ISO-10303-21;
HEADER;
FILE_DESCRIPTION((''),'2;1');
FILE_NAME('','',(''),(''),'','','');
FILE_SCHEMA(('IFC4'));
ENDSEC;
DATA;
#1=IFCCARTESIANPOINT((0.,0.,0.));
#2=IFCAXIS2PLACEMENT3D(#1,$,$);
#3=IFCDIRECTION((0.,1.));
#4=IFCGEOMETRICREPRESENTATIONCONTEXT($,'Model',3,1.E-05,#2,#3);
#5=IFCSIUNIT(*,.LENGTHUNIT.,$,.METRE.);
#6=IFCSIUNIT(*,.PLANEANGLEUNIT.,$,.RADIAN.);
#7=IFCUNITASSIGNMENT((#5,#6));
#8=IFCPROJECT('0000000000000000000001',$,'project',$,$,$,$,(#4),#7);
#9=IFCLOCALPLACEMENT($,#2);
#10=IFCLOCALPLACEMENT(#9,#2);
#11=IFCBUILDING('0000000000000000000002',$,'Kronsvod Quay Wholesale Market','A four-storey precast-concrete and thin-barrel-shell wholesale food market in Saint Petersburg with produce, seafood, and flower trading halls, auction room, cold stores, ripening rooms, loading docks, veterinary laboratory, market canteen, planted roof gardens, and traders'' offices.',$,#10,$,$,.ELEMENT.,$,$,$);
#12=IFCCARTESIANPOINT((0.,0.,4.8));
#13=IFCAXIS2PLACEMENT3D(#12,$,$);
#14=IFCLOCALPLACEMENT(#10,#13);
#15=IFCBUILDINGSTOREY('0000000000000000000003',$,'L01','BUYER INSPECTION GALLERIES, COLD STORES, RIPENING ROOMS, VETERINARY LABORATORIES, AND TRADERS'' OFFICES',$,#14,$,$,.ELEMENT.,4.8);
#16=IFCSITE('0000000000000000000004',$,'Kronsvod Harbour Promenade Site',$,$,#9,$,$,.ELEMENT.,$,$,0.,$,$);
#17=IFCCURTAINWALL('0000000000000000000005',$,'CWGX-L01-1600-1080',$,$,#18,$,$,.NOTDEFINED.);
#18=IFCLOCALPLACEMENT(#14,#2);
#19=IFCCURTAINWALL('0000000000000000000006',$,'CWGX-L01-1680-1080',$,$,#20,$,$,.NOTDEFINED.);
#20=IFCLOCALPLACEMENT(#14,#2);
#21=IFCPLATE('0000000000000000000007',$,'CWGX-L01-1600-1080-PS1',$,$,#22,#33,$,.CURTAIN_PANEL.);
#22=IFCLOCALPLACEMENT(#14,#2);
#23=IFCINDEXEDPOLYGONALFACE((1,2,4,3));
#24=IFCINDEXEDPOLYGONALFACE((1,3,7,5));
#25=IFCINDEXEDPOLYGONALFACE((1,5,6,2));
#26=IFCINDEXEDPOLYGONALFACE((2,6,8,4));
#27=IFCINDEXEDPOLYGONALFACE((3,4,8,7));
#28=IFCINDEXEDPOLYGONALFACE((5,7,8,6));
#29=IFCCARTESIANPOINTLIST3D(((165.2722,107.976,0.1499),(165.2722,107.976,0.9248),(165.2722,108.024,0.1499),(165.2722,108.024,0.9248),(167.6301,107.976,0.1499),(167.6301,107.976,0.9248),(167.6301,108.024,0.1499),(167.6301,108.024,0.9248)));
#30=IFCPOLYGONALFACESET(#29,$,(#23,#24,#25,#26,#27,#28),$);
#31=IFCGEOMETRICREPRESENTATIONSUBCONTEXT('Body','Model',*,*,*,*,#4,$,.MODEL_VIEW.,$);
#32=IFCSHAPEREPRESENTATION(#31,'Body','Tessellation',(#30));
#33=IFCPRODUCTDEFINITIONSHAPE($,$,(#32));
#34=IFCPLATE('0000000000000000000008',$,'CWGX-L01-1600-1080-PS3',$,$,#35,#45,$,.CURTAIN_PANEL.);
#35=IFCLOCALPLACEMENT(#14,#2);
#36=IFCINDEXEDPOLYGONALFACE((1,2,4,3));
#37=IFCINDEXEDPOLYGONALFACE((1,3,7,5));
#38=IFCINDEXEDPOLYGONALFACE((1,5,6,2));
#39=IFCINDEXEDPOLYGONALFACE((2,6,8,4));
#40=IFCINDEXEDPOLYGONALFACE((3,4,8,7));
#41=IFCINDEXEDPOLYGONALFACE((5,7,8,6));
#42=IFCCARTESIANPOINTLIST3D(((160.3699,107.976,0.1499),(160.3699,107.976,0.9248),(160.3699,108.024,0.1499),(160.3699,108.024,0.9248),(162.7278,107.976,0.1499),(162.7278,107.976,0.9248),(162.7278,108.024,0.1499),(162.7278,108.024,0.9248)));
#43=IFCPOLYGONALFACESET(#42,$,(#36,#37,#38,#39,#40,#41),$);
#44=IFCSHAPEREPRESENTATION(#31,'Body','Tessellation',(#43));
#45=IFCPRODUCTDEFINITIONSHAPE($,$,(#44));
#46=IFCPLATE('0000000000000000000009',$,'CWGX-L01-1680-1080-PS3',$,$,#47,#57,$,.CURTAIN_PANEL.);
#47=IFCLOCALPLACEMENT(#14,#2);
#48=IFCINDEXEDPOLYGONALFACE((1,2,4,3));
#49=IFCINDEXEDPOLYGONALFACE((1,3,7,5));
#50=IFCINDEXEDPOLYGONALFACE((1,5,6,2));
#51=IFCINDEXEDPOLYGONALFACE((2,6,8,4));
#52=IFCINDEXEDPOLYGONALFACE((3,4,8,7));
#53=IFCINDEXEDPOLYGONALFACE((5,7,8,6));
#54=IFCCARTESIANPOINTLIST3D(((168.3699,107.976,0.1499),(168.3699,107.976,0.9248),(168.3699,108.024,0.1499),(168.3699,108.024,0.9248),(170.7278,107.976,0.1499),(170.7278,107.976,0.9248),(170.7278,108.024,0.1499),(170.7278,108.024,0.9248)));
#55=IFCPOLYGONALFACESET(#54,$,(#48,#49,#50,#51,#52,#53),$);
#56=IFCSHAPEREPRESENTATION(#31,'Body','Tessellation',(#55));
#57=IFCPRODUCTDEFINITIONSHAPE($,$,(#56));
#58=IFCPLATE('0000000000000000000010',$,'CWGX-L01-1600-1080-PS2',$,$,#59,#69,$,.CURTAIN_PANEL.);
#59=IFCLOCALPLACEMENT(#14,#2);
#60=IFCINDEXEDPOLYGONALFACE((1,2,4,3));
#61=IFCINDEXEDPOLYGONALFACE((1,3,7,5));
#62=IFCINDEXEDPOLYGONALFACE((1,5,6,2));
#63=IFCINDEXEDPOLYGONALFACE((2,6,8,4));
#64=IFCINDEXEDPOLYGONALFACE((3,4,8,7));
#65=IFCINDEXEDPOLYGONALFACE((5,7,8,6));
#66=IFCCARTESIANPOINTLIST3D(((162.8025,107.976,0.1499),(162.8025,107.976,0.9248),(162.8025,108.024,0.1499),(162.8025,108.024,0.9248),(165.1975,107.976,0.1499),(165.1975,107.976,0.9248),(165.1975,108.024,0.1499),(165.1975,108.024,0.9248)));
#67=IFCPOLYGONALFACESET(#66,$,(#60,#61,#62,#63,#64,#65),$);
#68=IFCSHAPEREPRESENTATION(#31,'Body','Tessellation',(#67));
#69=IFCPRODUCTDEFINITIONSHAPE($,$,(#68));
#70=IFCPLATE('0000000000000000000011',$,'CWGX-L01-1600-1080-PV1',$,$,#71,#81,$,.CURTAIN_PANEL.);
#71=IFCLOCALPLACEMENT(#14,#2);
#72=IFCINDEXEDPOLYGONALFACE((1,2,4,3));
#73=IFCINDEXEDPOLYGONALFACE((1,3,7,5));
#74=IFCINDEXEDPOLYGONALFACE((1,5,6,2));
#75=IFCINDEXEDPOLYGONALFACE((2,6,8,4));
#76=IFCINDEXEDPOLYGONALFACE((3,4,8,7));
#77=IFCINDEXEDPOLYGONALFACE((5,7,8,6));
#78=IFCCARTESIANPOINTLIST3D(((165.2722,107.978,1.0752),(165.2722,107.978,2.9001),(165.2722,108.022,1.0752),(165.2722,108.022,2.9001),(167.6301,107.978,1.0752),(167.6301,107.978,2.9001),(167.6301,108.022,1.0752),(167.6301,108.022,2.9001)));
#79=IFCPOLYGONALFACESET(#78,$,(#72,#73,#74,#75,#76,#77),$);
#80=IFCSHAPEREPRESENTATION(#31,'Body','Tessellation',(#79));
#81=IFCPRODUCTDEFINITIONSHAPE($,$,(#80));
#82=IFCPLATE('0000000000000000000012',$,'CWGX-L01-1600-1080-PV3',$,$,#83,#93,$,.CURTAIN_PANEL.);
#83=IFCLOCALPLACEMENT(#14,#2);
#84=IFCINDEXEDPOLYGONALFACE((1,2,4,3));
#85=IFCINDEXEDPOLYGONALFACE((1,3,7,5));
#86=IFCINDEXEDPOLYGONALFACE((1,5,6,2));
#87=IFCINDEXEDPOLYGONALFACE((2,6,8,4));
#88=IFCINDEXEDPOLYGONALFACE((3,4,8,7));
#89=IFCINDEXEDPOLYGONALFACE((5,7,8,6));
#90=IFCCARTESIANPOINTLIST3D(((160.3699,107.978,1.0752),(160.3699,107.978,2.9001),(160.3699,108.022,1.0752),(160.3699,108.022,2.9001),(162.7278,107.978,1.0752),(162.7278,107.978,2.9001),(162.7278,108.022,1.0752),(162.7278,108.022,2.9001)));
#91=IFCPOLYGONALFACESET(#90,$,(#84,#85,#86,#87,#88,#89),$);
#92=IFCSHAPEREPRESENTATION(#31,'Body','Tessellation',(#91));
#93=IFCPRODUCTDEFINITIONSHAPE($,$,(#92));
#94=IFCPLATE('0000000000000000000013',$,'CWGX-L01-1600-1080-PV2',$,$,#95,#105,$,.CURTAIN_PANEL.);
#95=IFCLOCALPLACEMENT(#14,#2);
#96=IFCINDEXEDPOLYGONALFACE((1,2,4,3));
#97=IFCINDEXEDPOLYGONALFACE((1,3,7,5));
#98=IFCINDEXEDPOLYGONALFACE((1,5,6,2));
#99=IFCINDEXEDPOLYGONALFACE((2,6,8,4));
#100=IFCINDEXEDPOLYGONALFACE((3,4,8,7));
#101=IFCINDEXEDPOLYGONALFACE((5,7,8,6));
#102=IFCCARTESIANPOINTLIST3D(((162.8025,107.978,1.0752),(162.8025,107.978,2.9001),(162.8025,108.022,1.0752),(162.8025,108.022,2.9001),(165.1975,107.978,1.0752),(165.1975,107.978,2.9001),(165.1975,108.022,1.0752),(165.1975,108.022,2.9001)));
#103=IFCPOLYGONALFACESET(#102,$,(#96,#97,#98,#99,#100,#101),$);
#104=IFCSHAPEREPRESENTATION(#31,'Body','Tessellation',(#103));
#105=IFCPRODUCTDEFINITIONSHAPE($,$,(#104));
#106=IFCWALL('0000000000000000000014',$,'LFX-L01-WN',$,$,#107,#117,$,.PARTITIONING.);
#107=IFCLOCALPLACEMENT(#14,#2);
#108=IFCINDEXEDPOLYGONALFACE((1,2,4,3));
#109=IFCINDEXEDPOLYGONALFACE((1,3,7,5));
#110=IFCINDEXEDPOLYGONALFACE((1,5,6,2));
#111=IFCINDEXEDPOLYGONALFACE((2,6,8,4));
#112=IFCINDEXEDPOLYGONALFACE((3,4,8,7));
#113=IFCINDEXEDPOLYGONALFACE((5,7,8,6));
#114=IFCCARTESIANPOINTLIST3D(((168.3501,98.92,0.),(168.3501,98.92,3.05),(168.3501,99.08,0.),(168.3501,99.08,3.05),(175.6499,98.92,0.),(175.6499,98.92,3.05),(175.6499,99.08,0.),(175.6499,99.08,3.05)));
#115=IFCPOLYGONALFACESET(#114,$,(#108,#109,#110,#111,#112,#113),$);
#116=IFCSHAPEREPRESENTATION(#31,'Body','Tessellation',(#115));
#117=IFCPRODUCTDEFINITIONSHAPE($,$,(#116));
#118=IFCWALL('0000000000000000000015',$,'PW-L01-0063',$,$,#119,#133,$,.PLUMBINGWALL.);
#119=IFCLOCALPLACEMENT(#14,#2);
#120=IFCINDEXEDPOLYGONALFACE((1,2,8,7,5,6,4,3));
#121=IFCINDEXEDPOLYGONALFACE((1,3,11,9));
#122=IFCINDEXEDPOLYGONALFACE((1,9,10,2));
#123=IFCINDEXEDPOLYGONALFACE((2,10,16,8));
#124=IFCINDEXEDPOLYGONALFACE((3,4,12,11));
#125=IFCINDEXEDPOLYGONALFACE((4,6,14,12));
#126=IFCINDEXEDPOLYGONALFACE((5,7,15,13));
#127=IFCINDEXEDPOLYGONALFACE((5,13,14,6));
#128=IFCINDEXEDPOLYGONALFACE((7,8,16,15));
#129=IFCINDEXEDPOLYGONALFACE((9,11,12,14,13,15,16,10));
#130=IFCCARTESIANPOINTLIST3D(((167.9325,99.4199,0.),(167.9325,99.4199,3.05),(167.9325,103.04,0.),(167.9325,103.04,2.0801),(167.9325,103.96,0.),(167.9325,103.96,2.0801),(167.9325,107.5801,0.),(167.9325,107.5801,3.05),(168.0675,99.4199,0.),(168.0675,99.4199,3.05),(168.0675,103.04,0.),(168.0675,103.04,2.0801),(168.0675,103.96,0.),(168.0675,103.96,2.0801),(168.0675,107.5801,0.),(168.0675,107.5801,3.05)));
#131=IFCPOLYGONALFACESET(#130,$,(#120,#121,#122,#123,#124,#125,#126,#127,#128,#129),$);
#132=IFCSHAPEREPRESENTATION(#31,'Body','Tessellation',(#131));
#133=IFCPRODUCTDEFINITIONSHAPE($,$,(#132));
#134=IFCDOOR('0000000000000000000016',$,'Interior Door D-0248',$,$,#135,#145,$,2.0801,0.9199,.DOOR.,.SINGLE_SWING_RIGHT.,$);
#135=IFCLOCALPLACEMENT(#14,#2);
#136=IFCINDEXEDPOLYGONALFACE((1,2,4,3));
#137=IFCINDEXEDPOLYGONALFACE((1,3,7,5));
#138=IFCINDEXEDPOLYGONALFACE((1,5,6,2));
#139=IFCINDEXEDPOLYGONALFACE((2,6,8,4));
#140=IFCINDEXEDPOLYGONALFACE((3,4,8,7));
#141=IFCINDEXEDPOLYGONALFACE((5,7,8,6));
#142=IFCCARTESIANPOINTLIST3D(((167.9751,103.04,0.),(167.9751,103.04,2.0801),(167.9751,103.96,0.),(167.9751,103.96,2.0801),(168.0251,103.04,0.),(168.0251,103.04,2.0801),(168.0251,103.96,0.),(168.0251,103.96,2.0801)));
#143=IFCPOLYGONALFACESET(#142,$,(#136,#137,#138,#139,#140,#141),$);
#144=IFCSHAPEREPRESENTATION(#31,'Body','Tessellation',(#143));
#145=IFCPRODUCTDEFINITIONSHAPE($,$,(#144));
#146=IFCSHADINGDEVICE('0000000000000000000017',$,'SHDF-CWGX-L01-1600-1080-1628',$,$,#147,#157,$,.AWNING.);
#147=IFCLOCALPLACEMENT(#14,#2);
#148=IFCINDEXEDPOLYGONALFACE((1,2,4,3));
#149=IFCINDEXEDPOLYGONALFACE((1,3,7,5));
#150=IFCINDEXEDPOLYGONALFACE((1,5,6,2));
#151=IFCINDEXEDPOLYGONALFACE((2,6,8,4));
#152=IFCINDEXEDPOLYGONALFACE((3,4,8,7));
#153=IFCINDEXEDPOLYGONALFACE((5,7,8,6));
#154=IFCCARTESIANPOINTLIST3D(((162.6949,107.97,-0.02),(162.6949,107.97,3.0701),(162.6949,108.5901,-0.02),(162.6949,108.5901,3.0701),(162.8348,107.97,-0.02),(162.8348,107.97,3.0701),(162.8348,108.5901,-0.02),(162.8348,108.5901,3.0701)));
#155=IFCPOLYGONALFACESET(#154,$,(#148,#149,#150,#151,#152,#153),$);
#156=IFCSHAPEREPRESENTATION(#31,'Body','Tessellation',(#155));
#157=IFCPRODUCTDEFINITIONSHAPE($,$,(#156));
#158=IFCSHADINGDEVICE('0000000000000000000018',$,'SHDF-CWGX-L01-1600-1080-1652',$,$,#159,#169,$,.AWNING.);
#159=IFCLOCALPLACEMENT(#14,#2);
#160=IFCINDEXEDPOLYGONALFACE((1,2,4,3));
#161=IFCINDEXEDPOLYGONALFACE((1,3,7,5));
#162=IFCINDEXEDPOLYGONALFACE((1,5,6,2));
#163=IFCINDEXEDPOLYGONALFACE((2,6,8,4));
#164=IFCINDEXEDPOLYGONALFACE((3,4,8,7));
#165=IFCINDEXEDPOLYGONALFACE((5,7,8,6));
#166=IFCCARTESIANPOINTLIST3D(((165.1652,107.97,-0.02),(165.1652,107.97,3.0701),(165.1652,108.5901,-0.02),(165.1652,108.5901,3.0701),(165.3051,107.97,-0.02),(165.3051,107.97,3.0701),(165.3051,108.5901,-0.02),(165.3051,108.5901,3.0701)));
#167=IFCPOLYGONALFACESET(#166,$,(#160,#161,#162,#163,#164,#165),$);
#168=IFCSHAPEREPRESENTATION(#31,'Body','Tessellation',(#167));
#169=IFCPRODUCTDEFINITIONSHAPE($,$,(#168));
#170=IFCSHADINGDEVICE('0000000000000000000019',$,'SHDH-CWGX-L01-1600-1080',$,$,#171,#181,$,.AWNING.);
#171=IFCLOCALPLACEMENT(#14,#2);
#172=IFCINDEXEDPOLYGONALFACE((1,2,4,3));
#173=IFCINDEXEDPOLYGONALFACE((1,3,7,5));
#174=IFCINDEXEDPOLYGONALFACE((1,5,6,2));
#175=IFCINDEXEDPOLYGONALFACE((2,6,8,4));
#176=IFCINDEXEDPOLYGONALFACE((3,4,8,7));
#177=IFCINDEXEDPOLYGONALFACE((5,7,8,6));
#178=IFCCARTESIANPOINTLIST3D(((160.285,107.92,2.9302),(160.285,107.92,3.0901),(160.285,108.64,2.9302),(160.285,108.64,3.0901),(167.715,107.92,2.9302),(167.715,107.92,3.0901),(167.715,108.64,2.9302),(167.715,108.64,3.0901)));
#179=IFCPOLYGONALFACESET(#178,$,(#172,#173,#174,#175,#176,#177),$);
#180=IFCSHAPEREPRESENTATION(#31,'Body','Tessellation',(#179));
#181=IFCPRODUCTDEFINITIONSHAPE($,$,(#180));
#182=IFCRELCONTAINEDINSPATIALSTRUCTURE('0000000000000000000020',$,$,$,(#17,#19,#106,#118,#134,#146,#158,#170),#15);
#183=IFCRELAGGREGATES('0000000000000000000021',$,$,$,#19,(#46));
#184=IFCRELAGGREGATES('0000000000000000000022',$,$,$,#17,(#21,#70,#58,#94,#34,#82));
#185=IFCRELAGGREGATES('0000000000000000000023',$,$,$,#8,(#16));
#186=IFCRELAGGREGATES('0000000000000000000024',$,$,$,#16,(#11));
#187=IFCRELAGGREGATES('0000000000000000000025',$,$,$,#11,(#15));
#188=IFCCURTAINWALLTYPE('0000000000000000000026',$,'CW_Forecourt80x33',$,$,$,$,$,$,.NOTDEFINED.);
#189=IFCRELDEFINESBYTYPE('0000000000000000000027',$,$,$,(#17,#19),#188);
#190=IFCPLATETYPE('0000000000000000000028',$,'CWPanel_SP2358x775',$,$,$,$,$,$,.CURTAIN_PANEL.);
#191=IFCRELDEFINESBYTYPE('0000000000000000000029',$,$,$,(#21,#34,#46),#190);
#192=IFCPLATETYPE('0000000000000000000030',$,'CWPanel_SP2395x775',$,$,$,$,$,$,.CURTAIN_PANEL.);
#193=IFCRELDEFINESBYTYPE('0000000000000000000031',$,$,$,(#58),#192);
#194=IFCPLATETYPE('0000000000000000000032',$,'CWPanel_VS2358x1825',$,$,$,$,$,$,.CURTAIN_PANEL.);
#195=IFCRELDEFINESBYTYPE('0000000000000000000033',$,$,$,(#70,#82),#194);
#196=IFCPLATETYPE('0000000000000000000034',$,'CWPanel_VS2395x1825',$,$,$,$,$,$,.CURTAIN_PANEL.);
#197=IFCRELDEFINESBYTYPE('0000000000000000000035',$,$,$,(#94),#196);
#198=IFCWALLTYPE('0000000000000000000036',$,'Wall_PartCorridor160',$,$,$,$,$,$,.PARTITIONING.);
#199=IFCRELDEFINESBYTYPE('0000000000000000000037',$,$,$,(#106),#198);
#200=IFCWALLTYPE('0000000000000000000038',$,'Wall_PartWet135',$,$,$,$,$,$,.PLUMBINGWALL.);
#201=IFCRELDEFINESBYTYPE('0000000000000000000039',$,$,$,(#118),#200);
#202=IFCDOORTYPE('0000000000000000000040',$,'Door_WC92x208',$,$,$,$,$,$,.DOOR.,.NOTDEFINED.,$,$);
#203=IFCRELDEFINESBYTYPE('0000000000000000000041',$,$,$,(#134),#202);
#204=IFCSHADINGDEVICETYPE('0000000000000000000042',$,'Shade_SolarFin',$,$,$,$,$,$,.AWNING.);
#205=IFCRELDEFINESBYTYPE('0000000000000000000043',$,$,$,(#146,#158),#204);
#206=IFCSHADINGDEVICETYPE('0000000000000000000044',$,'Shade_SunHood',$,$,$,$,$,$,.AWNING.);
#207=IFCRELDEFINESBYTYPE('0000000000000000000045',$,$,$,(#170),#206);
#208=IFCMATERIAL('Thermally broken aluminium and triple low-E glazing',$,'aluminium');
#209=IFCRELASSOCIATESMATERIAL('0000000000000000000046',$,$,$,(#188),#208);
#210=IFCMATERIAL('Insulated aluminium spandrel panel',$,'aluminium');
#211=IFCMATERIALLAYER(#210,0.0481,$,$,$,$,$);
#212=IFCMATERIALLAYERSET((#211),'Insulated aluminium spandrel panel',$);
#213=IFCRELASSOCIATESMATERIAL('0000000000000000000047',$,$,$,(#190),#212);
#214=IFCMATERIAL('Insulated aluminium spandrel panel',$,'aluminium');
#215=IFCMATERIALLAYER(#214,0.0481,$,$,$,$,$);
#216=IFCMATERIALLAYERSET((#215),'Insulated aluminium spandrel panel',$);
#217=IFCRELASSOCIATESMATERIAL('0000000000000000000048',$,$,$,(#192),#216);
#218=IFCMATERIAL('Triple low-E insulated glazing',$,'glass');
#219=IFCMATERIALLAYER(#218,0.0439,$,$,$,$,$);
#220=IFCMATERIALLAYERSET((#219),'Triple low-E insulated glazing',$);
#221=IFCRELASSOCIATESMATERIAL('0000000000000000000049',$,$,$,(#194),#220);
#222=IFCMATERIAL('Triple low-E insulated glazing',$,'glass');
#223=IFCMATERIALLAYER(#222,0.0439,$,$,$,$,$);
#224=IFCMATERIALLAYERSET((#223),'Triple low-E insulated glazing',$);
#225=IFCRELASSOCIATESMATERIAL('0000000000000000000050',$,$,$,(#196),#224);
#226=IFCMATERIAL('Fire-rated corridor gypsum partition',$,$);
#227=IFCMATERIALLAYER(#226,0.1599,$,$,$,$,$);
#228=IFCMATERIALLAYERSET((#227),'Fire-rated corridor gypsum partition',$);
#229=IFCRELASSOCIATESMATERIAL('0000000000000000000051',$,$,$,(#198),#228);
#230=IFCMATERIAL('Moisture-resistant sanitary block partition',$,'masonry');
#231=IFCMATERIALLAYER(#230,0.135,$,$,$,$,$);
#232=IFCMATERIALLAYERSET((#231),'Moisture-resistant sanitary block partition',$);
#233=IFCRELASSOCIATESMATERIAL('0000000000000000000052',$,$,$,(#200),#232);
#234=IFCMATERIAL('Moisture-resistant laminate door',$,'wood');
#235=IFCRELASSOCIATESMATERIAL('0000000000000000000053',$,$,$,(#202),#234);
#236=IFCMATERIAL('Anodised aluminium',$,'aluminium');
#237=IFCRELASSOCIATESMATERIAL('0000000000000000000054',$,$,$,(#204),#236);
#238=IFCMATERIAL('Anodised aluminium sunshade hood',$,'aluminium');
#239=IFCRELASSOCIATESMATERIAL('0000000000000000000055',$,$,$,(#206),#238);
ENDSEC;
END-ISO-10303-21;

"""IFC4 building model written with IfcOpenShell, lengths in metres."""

from ifc_helpers import new_model, si_unit, direction, frame, frame_2d, origin, origin_2d, place, context, subcontext, project, spatial, rectangle, extrude, material, layer, layer_set, type_object, element, fill, aggregate, save


model = new_model("IFC4")

# Units and contexts
model_context = context("Model", 3, precision=1e-05, world=origin(), true_north=direction((0.0, 1.0)))
body_context = subcontext(model_context, "Body", "Model", "MODEL_VIEW")
ifc_project = project(units=[si_unit("LENGTHUNIT", "METRE"), si_unit("PLANEANGLEUNIT", "RADIAN")], contexts=[model_context])

# Site, building, storey
site_placement = place(None, origin())
site = spatial("IfcSite", under=ifc_project, at=site_placement, Name="Kronsvod Harbour Promenade Site", CompositionType="ELEMENT", RefElevation=0.0)
building_placement = place(site_placement, origin())
building = spatial("IfcBuilding", under=site, at=building_placement, Name="Kronsvod Quay Wholesale Market", Description="A four-storey precast-concrete and thin-barrel-shell wholesale food market in Saint Petersburg with produce, seafood, and flower trading halls, auction room, cold stores, ripening rooms, loading docks, veterinary laboratory, market canteen, planted roof gardens, and traders' offices.", CompositionType="ELEMENT")
storey_placement = place(building_placement, frame((0.0, 0.0, 4.8)))
storey = spatial("IfcBuildingStorey", under=building, at=storey_placement, Name="L01", Description="BUYER INSPECTION GALLERIES, COLD STORES, RIPENING ROOMS, VETERINARY LABORATORIES, AND TRADERS' OFFICES", CompositionType="ELEMENT", Elevation=4.8)

# Curtain wall
ifc_material_1 = material(Name="Thermally broken aluminium and triple low-E glazing", Category="aluminium")
curtain_wall_type = type_object("IfcCurtainWallType", Name="CW_Forecourt80x33", PredefinedType="NOTDEFINED", material=ifc_material_1)
curtain_wall_1_placement = place(storey_placement, origin())
curtain_wall_1 = element("IfcCurtainWall", 1, at=curtain_wall_1_placement, inside=storey, type_object=curtain_wall_type, Name="CWGX-L01-1600-1080", PredefinedType="NOTDEFINED")

# Curtain wall
curtain_wall_2_placement = place(storey_placement, origin())
curtain_wall_2 = element("IfcCurtainWall", 2, at=curtain_wall_2_placement, inside=storey, type_object=curtain_wall_type, Name="CWGX-L01-1680-1080", PredefinedType="NOTDEFINED")

# Plates
ifc_material_2 = material(Name="Insulated aluminium spandrel panel", Category="aluminium")
ifc_layer_1 = layer(ifc_material_2, 0.0481)
ifc_layer_set_1 = layer_set([ifc_layer_1], Name="Insulated aluminium spandrel panel")
plate_type_1 = type_object("IfcPlateType", Name="CWPanel_SP2358x775", PredefinedType="CURTAIN_PANEL", material=ifc_layer_set_1)
plate_1_placement = place(storey_placement, frame((166.4512, 108.0, 0.1499), z_axis=(0.0, 0.0, 1.0), x_axis=(-1.0, 0.0, 0.0)))
plate_1 = element("IfcPlate", 3, at=plate_1_placement, type_object=plate_type_1, Name="CWGX-L01-1600-1080-PS1", PredefinedType="CURTAIN_PANEL", context=body_context, shape_type="SweptSolid", body=[
    extrude(rectangle(XDim=2.3579, YDim=0.0481, at=origin_2d()), origin(), (0.0, 0.0, 1.0), 0.7749),
])
plate_2_placement = place(storey_placement, frame((161.5488, 108.0, 0.1499), z_axis=(0.0, 0.0, 1.0), x_axis=(-1.0, 0.0, 0.0)))
plate_2 = element("IfcPlate", 4, at=plate_2_placement, type_object=plate_type_1, Name="CWGX-L01-1600-1080-PS3", PredefinedType="CURTAIN_PANEL", context=body_context, shape_type="SweptSolid", body=[
    extrude(rectangle(XDim=2.3579, YDim=0.0481, at=origin_2d()), origin(), (0.0, 0.0, 1.0), 0.7749),
])
plate_3_placement = place(storey_placement, frame((169.5488, 108.0, 0.1499), z_axis=(0.0, 0.0, 1.0), x_axis=(-1.0, 0.0, 0.0)))
plate_3 = element("IfcPlate", 5, at=plate_3_placement, type_object=plate_type_1, Name="CWGX-L01-1680-1080-PS3", PredefinedType="CURTAIN_PANEL", context=body_context, shape_type="SweptSolid", body=[
    extrude(rectangle(XDim=2.3579, YDim=0.0481, at=origin_2d()), origin(), (0.0, 0.0, 1.0), 0.7749),
])
aggregate(curtain_wall_2, [plate_3])
ifc_material_3 = material(Name="Insulated aluminium spandrel panel", Category="aluminium")
ifc_layer_2 = layer(ifc_material_3, 0.0481)
ifc_layer_set_2 = layer_set([ifc_layer_2], Name="Insulated aluminium spandrel panel")
plate_type_2 = type_object("IfcPlateType", Name="CWPanel_SP2395x775", PredefinedType="CURTAIN_PANEL", material=ifc_layer_set_2)
plate_4_placement = place(storey_placement, frame((164.0, 108.0, 0.1499), z_axis=(0.0, 0.0, 1.0), x_axis=(-1.0, 0.0, 0.0)))
plate_4 = element("IfcPlate", 6, at=plate_4_placement, type_object=plate_type_2, Name="CWGX-L01-1600-1080-PS2", PredefinedType="CURTAIN_PANEL", context=body_context, shape_type="SweptSolid", body=[
    extrude(rectangle(XDim=2.395, YDim=0.0481, at=origin_2d()), origin(), (0.0, 0.0, 1.0), 0.7749),
])
ifc_material_4 = material(Name="Triple low-E insulated glazing", Category="glass")
ifc_layer_3 = layer(ifc_material_4, 0.0439)
ifc_layer_set_3 = layer_set([ifc_layer_3], Name="Triple low-E insulated glazing")
plate_type_3 = type_object("IfcPlateType", Name="CWPanel_VS2358x1825", PredefinedType="CURTAIN_PANEL", material=ifc_layer_set_3)
plate_5_placement = place(storey_placement, frame((166.4512, 108.0, 1.0752), z_axis=(0.0, 0.0, 1.0), x_axis=(-1.0, 0.0, 0.0)))
plate_5 = element("IfcPlate", 7, at=plate_5_placement, type_object=plate_type_3, Name="CWGX-L01-1600-1080-PV1", PredefinedType="CURTAIN_PANEL", context=body_context, shape_type="SweptSolid", body=[
    extrude(rectangle(XDim=2.3579, YDim=0.0439, at=origin_2d()), origin(), (0.0, 0.0, 1.0), 1.825),
])
plate_6_placement = place(storey_placement, frame((161.5488, 108.0, 1.0752), z_axis=(0.0, 0.0, 1.0), x_axis=(-1.0, 0.0, 0.0)))
plate_6 = element("IfcPlate", 8, at=plate_6_placement, type_object=plate_type_3, Name="CWGX-L01-1600-1080-PV3", PredefinedType="CURTAIN_PANEL", context=body_context, shape_type="SweptSolid", body=[
    extrude(rectangle(XDim=2.3579, YDim=0.0439, at=origin_2d()), origin(), (0.0, 0.0, 1.0), 1.825),
])
ifc_material_5 = material(Name="Triple low-E insulated glazing", Category="glass")
ifc_layer_4 = layer(ifc_material_5, 0.0439)
ifc_layer_set_4 = layer_set([ifc_layer_4], Name="Triple low-E insulated glazing")
plate_type_4 = type_object("IfcPlateType", Name="CWPanel_VS2395x1825", PredefinedType="CURTAIN_PANEL", material=ifc_layer_set_4)
plate_7_placement = place(storey_placement, frame((164.0, 108.0, 1.0752), z_axis=(0.0, 0.0, 1.0), x_axis=(-1.0, 0.0, 0.0)))
plate_7 = element("IfcPlate", 9, at=plate_7_placement, type_object=plate_type_4, Name="CWGX-L01-1600-1080-PV2", PredefinedType="CURTAIN_PANEL", context=body_context, shape_type="SweptSolid", body=[
    extrude(rectangle(XDim=2.395, YDim=0.0439, at=origin_2d()), origin(), (0.0, 0.0, 1.0), 1.825),
])
aggregate(curtain_wall_1, [plate_1, plate_5, plate_4, plate_7, plate_2, plate_6])

# Wall
ifc_material_6 = material(Name="Fire-rated corridor gypsum partition")
ifc_layer_5 = layer(ifc_material_6, 0.1599)
ifc_layer_set_5 = layer_set([ifc_layer_5], Name="Fire-rated corridor gypsum partition")
wall_type_1 = type_object("IfcWallType", Name="Wall_PartCorridor160", PredefinedType="PARTITIONING", material=ifc_layer_set_5)
wall_1_placement = place(storey_placement, frame((168.3501, 99.0, 0.0), z_axis=(0.0, 0.0, 1.0), x_axis=(1.0, 0.0, 0.0)))
element("IfcWall", 10, at=wall_1_placement, inside=storey, type_object=wall_type_1, Name="LFX-L01-WN", PredefinedType="PARTITIONING", context=body_context, shape_type="SweptSolid", body=[
    extrude(rectangle(XDim=7.2998, YDim=0.1599, at=frame_2d((3.6499, 0.0))), origin(), (0.0, 0.0, 1.0), 3.05),
])

# Wall, opening, door
ifc_material_7 = material(Name="Moisture-resistant sanitary block partition", Category="masonry")
ifc_layer_6 = layer(ifc_material_7, 0.135)
ifc_layer_set_6 = layer_set([ifc_layer_6], Name="Moisture-resistant sanitary block partition")
wall_type_2 = type_object("IfcWallType", Name="Wall_PartWet135", PredefinedType="PLUMBINGWALL", material=ifc_layer_set_6)
wall_2_placement = place(storey_placement, frame((168.0, 99.4199, 0.0), z_axis=(0.0, 0.0, 1.0), x_axis=(0.0, 1.0, 0.0)))
wall_2 = element("IfcWall", 11, at=wall_2_placement, inside=storey, type_object=wall_type_2, Name="PW-L01-0063", PredefinedType="PLUMBINGWALL", context=body_context, shape_type="SweptSolid", body=[
    extrude(rectangle(XDim=8.1602, YDim=0.135, at=frame_2d((4.0801, 0.0))), origin(), (0.0, 0.0, 1.0), 3.05),
])
opening_placement = place(wall_2_placement, frame((3.6201, 0.0, 0.0)))
opening = element("IfcOpeningElement", 12, at=opening_placement, cuts=wall_2, PredefinedType="OPENING", context=body_context, shape_type="SweptSolid", body=[
    extrude(rectangle(XDim=0.9199, YDim=2.0801, at=frame_2d((0.46, 1.04))), frame((0.0, 0.0776, 0.0), z_axis=(0.0, -1.0, 0.0), x_axis=(1.0, 0.0, 0.0)), (0.0, 0.0, 1.0), 0.155),
])
ifc_material_8 = material(Name="Moisture-resistant laminate door", Category="wood")
door_type = type_object("IfcDoorType", Name="Door_WC92x208", OperationType="NOTDEFINED", PredefinedType="DOOR", material=ifc_material_8)
door_placement = place(opening_placement, origin())
door = element("IfcDoor", 13, at=door_placement, inside=storey, type_object=door_type, Name="Interior Door D-0248", OperationType="SINGLE_SWING_RIGHT", OverallHeight=2.0801, OverallWidth=0.9199, PredefinedType="DOOR", context=body_context, shape_type="SweptSolid", body=[
    extrude(rectangle(XDim=0.9199, YDim=2.0801, at=frame_2d((0.46, 1.04))), frame((0.0, 0.0249, 0.0), z_axis=(0.0, -1.0, 0.0), x_axis=(1.0, 0.0, 0.0)), (0.0, 0.0, 1.0), 0.05),
])
fill(opening, door)

# Shading devices
ifc_material_9 = material(Name="Anodised aluminium", Category="aluminium")
shading_device_type_1 = type_object("IfcShadingDeviceType", Name="Shade_SolarFin", PredefinedType="AWNING", material=ifc_material_9)
for number, where, z_axis, x_axis, name in (
    (14, (162.7649, 108.28, -0.02), (0.0, 0.0, 1.0), (1.0, 0.0, 0.0), "SHDF-CWGX-L01-1600-1080-1628"),
    (15, (165.2351, 108.28, -0.02), (0.0, 0.0, 1.0), (1.0, 0.0, 0.0), "SHDF-CWGX-L01-1600-1080-1652"),
):
    element("IfcShadingDevice", number, at=place(storey_placement, frame(where, z_axis=z_axis, x_axis=x_axis)), inside=storey, type_object=shading_device_type_1, Name=name, PredefinedType="AWNING", context=body_context, shape_type="SweptSolid", body=[
        extrude(rectangle(XDim=0.1399, YDim=0.6201, at=origin_2d()), origin(), (0.0, 0.0, 1.0), 3.0901),
    ])
ifc_material_10 = material(Name="Anodised aluminium sunshade hood", Category="aluminium")
shading_device_type_2 = type_object("IfcShadingDeviceType", Name="Shade_SunHood", PredefinedType="AWNING", material=ifc_material_10)
shading_device_placement = place(storey_placement, frame((164.0, 108.28, 2.9302), z_axis=(0.0, 0.0, 1.0), x_axis=(1.0, 0.0, 0.0)))
element("IfcShadingDevice", 16, at=shading_device_placement, inside=storey, type_object=shading_device_type_2, Name="SHDH-CWGX-L01-1600-1080", PredefinedType="AWNING", context=body_context, shape_type="SweptSolid", body=[
    extrude(rectangle(XDim=7.4299, YDim=0.72, at=origin_2d()), origin(), (0.0, 0.0, 1.0), 0.1599),
])

save(model, "model.ifc")
